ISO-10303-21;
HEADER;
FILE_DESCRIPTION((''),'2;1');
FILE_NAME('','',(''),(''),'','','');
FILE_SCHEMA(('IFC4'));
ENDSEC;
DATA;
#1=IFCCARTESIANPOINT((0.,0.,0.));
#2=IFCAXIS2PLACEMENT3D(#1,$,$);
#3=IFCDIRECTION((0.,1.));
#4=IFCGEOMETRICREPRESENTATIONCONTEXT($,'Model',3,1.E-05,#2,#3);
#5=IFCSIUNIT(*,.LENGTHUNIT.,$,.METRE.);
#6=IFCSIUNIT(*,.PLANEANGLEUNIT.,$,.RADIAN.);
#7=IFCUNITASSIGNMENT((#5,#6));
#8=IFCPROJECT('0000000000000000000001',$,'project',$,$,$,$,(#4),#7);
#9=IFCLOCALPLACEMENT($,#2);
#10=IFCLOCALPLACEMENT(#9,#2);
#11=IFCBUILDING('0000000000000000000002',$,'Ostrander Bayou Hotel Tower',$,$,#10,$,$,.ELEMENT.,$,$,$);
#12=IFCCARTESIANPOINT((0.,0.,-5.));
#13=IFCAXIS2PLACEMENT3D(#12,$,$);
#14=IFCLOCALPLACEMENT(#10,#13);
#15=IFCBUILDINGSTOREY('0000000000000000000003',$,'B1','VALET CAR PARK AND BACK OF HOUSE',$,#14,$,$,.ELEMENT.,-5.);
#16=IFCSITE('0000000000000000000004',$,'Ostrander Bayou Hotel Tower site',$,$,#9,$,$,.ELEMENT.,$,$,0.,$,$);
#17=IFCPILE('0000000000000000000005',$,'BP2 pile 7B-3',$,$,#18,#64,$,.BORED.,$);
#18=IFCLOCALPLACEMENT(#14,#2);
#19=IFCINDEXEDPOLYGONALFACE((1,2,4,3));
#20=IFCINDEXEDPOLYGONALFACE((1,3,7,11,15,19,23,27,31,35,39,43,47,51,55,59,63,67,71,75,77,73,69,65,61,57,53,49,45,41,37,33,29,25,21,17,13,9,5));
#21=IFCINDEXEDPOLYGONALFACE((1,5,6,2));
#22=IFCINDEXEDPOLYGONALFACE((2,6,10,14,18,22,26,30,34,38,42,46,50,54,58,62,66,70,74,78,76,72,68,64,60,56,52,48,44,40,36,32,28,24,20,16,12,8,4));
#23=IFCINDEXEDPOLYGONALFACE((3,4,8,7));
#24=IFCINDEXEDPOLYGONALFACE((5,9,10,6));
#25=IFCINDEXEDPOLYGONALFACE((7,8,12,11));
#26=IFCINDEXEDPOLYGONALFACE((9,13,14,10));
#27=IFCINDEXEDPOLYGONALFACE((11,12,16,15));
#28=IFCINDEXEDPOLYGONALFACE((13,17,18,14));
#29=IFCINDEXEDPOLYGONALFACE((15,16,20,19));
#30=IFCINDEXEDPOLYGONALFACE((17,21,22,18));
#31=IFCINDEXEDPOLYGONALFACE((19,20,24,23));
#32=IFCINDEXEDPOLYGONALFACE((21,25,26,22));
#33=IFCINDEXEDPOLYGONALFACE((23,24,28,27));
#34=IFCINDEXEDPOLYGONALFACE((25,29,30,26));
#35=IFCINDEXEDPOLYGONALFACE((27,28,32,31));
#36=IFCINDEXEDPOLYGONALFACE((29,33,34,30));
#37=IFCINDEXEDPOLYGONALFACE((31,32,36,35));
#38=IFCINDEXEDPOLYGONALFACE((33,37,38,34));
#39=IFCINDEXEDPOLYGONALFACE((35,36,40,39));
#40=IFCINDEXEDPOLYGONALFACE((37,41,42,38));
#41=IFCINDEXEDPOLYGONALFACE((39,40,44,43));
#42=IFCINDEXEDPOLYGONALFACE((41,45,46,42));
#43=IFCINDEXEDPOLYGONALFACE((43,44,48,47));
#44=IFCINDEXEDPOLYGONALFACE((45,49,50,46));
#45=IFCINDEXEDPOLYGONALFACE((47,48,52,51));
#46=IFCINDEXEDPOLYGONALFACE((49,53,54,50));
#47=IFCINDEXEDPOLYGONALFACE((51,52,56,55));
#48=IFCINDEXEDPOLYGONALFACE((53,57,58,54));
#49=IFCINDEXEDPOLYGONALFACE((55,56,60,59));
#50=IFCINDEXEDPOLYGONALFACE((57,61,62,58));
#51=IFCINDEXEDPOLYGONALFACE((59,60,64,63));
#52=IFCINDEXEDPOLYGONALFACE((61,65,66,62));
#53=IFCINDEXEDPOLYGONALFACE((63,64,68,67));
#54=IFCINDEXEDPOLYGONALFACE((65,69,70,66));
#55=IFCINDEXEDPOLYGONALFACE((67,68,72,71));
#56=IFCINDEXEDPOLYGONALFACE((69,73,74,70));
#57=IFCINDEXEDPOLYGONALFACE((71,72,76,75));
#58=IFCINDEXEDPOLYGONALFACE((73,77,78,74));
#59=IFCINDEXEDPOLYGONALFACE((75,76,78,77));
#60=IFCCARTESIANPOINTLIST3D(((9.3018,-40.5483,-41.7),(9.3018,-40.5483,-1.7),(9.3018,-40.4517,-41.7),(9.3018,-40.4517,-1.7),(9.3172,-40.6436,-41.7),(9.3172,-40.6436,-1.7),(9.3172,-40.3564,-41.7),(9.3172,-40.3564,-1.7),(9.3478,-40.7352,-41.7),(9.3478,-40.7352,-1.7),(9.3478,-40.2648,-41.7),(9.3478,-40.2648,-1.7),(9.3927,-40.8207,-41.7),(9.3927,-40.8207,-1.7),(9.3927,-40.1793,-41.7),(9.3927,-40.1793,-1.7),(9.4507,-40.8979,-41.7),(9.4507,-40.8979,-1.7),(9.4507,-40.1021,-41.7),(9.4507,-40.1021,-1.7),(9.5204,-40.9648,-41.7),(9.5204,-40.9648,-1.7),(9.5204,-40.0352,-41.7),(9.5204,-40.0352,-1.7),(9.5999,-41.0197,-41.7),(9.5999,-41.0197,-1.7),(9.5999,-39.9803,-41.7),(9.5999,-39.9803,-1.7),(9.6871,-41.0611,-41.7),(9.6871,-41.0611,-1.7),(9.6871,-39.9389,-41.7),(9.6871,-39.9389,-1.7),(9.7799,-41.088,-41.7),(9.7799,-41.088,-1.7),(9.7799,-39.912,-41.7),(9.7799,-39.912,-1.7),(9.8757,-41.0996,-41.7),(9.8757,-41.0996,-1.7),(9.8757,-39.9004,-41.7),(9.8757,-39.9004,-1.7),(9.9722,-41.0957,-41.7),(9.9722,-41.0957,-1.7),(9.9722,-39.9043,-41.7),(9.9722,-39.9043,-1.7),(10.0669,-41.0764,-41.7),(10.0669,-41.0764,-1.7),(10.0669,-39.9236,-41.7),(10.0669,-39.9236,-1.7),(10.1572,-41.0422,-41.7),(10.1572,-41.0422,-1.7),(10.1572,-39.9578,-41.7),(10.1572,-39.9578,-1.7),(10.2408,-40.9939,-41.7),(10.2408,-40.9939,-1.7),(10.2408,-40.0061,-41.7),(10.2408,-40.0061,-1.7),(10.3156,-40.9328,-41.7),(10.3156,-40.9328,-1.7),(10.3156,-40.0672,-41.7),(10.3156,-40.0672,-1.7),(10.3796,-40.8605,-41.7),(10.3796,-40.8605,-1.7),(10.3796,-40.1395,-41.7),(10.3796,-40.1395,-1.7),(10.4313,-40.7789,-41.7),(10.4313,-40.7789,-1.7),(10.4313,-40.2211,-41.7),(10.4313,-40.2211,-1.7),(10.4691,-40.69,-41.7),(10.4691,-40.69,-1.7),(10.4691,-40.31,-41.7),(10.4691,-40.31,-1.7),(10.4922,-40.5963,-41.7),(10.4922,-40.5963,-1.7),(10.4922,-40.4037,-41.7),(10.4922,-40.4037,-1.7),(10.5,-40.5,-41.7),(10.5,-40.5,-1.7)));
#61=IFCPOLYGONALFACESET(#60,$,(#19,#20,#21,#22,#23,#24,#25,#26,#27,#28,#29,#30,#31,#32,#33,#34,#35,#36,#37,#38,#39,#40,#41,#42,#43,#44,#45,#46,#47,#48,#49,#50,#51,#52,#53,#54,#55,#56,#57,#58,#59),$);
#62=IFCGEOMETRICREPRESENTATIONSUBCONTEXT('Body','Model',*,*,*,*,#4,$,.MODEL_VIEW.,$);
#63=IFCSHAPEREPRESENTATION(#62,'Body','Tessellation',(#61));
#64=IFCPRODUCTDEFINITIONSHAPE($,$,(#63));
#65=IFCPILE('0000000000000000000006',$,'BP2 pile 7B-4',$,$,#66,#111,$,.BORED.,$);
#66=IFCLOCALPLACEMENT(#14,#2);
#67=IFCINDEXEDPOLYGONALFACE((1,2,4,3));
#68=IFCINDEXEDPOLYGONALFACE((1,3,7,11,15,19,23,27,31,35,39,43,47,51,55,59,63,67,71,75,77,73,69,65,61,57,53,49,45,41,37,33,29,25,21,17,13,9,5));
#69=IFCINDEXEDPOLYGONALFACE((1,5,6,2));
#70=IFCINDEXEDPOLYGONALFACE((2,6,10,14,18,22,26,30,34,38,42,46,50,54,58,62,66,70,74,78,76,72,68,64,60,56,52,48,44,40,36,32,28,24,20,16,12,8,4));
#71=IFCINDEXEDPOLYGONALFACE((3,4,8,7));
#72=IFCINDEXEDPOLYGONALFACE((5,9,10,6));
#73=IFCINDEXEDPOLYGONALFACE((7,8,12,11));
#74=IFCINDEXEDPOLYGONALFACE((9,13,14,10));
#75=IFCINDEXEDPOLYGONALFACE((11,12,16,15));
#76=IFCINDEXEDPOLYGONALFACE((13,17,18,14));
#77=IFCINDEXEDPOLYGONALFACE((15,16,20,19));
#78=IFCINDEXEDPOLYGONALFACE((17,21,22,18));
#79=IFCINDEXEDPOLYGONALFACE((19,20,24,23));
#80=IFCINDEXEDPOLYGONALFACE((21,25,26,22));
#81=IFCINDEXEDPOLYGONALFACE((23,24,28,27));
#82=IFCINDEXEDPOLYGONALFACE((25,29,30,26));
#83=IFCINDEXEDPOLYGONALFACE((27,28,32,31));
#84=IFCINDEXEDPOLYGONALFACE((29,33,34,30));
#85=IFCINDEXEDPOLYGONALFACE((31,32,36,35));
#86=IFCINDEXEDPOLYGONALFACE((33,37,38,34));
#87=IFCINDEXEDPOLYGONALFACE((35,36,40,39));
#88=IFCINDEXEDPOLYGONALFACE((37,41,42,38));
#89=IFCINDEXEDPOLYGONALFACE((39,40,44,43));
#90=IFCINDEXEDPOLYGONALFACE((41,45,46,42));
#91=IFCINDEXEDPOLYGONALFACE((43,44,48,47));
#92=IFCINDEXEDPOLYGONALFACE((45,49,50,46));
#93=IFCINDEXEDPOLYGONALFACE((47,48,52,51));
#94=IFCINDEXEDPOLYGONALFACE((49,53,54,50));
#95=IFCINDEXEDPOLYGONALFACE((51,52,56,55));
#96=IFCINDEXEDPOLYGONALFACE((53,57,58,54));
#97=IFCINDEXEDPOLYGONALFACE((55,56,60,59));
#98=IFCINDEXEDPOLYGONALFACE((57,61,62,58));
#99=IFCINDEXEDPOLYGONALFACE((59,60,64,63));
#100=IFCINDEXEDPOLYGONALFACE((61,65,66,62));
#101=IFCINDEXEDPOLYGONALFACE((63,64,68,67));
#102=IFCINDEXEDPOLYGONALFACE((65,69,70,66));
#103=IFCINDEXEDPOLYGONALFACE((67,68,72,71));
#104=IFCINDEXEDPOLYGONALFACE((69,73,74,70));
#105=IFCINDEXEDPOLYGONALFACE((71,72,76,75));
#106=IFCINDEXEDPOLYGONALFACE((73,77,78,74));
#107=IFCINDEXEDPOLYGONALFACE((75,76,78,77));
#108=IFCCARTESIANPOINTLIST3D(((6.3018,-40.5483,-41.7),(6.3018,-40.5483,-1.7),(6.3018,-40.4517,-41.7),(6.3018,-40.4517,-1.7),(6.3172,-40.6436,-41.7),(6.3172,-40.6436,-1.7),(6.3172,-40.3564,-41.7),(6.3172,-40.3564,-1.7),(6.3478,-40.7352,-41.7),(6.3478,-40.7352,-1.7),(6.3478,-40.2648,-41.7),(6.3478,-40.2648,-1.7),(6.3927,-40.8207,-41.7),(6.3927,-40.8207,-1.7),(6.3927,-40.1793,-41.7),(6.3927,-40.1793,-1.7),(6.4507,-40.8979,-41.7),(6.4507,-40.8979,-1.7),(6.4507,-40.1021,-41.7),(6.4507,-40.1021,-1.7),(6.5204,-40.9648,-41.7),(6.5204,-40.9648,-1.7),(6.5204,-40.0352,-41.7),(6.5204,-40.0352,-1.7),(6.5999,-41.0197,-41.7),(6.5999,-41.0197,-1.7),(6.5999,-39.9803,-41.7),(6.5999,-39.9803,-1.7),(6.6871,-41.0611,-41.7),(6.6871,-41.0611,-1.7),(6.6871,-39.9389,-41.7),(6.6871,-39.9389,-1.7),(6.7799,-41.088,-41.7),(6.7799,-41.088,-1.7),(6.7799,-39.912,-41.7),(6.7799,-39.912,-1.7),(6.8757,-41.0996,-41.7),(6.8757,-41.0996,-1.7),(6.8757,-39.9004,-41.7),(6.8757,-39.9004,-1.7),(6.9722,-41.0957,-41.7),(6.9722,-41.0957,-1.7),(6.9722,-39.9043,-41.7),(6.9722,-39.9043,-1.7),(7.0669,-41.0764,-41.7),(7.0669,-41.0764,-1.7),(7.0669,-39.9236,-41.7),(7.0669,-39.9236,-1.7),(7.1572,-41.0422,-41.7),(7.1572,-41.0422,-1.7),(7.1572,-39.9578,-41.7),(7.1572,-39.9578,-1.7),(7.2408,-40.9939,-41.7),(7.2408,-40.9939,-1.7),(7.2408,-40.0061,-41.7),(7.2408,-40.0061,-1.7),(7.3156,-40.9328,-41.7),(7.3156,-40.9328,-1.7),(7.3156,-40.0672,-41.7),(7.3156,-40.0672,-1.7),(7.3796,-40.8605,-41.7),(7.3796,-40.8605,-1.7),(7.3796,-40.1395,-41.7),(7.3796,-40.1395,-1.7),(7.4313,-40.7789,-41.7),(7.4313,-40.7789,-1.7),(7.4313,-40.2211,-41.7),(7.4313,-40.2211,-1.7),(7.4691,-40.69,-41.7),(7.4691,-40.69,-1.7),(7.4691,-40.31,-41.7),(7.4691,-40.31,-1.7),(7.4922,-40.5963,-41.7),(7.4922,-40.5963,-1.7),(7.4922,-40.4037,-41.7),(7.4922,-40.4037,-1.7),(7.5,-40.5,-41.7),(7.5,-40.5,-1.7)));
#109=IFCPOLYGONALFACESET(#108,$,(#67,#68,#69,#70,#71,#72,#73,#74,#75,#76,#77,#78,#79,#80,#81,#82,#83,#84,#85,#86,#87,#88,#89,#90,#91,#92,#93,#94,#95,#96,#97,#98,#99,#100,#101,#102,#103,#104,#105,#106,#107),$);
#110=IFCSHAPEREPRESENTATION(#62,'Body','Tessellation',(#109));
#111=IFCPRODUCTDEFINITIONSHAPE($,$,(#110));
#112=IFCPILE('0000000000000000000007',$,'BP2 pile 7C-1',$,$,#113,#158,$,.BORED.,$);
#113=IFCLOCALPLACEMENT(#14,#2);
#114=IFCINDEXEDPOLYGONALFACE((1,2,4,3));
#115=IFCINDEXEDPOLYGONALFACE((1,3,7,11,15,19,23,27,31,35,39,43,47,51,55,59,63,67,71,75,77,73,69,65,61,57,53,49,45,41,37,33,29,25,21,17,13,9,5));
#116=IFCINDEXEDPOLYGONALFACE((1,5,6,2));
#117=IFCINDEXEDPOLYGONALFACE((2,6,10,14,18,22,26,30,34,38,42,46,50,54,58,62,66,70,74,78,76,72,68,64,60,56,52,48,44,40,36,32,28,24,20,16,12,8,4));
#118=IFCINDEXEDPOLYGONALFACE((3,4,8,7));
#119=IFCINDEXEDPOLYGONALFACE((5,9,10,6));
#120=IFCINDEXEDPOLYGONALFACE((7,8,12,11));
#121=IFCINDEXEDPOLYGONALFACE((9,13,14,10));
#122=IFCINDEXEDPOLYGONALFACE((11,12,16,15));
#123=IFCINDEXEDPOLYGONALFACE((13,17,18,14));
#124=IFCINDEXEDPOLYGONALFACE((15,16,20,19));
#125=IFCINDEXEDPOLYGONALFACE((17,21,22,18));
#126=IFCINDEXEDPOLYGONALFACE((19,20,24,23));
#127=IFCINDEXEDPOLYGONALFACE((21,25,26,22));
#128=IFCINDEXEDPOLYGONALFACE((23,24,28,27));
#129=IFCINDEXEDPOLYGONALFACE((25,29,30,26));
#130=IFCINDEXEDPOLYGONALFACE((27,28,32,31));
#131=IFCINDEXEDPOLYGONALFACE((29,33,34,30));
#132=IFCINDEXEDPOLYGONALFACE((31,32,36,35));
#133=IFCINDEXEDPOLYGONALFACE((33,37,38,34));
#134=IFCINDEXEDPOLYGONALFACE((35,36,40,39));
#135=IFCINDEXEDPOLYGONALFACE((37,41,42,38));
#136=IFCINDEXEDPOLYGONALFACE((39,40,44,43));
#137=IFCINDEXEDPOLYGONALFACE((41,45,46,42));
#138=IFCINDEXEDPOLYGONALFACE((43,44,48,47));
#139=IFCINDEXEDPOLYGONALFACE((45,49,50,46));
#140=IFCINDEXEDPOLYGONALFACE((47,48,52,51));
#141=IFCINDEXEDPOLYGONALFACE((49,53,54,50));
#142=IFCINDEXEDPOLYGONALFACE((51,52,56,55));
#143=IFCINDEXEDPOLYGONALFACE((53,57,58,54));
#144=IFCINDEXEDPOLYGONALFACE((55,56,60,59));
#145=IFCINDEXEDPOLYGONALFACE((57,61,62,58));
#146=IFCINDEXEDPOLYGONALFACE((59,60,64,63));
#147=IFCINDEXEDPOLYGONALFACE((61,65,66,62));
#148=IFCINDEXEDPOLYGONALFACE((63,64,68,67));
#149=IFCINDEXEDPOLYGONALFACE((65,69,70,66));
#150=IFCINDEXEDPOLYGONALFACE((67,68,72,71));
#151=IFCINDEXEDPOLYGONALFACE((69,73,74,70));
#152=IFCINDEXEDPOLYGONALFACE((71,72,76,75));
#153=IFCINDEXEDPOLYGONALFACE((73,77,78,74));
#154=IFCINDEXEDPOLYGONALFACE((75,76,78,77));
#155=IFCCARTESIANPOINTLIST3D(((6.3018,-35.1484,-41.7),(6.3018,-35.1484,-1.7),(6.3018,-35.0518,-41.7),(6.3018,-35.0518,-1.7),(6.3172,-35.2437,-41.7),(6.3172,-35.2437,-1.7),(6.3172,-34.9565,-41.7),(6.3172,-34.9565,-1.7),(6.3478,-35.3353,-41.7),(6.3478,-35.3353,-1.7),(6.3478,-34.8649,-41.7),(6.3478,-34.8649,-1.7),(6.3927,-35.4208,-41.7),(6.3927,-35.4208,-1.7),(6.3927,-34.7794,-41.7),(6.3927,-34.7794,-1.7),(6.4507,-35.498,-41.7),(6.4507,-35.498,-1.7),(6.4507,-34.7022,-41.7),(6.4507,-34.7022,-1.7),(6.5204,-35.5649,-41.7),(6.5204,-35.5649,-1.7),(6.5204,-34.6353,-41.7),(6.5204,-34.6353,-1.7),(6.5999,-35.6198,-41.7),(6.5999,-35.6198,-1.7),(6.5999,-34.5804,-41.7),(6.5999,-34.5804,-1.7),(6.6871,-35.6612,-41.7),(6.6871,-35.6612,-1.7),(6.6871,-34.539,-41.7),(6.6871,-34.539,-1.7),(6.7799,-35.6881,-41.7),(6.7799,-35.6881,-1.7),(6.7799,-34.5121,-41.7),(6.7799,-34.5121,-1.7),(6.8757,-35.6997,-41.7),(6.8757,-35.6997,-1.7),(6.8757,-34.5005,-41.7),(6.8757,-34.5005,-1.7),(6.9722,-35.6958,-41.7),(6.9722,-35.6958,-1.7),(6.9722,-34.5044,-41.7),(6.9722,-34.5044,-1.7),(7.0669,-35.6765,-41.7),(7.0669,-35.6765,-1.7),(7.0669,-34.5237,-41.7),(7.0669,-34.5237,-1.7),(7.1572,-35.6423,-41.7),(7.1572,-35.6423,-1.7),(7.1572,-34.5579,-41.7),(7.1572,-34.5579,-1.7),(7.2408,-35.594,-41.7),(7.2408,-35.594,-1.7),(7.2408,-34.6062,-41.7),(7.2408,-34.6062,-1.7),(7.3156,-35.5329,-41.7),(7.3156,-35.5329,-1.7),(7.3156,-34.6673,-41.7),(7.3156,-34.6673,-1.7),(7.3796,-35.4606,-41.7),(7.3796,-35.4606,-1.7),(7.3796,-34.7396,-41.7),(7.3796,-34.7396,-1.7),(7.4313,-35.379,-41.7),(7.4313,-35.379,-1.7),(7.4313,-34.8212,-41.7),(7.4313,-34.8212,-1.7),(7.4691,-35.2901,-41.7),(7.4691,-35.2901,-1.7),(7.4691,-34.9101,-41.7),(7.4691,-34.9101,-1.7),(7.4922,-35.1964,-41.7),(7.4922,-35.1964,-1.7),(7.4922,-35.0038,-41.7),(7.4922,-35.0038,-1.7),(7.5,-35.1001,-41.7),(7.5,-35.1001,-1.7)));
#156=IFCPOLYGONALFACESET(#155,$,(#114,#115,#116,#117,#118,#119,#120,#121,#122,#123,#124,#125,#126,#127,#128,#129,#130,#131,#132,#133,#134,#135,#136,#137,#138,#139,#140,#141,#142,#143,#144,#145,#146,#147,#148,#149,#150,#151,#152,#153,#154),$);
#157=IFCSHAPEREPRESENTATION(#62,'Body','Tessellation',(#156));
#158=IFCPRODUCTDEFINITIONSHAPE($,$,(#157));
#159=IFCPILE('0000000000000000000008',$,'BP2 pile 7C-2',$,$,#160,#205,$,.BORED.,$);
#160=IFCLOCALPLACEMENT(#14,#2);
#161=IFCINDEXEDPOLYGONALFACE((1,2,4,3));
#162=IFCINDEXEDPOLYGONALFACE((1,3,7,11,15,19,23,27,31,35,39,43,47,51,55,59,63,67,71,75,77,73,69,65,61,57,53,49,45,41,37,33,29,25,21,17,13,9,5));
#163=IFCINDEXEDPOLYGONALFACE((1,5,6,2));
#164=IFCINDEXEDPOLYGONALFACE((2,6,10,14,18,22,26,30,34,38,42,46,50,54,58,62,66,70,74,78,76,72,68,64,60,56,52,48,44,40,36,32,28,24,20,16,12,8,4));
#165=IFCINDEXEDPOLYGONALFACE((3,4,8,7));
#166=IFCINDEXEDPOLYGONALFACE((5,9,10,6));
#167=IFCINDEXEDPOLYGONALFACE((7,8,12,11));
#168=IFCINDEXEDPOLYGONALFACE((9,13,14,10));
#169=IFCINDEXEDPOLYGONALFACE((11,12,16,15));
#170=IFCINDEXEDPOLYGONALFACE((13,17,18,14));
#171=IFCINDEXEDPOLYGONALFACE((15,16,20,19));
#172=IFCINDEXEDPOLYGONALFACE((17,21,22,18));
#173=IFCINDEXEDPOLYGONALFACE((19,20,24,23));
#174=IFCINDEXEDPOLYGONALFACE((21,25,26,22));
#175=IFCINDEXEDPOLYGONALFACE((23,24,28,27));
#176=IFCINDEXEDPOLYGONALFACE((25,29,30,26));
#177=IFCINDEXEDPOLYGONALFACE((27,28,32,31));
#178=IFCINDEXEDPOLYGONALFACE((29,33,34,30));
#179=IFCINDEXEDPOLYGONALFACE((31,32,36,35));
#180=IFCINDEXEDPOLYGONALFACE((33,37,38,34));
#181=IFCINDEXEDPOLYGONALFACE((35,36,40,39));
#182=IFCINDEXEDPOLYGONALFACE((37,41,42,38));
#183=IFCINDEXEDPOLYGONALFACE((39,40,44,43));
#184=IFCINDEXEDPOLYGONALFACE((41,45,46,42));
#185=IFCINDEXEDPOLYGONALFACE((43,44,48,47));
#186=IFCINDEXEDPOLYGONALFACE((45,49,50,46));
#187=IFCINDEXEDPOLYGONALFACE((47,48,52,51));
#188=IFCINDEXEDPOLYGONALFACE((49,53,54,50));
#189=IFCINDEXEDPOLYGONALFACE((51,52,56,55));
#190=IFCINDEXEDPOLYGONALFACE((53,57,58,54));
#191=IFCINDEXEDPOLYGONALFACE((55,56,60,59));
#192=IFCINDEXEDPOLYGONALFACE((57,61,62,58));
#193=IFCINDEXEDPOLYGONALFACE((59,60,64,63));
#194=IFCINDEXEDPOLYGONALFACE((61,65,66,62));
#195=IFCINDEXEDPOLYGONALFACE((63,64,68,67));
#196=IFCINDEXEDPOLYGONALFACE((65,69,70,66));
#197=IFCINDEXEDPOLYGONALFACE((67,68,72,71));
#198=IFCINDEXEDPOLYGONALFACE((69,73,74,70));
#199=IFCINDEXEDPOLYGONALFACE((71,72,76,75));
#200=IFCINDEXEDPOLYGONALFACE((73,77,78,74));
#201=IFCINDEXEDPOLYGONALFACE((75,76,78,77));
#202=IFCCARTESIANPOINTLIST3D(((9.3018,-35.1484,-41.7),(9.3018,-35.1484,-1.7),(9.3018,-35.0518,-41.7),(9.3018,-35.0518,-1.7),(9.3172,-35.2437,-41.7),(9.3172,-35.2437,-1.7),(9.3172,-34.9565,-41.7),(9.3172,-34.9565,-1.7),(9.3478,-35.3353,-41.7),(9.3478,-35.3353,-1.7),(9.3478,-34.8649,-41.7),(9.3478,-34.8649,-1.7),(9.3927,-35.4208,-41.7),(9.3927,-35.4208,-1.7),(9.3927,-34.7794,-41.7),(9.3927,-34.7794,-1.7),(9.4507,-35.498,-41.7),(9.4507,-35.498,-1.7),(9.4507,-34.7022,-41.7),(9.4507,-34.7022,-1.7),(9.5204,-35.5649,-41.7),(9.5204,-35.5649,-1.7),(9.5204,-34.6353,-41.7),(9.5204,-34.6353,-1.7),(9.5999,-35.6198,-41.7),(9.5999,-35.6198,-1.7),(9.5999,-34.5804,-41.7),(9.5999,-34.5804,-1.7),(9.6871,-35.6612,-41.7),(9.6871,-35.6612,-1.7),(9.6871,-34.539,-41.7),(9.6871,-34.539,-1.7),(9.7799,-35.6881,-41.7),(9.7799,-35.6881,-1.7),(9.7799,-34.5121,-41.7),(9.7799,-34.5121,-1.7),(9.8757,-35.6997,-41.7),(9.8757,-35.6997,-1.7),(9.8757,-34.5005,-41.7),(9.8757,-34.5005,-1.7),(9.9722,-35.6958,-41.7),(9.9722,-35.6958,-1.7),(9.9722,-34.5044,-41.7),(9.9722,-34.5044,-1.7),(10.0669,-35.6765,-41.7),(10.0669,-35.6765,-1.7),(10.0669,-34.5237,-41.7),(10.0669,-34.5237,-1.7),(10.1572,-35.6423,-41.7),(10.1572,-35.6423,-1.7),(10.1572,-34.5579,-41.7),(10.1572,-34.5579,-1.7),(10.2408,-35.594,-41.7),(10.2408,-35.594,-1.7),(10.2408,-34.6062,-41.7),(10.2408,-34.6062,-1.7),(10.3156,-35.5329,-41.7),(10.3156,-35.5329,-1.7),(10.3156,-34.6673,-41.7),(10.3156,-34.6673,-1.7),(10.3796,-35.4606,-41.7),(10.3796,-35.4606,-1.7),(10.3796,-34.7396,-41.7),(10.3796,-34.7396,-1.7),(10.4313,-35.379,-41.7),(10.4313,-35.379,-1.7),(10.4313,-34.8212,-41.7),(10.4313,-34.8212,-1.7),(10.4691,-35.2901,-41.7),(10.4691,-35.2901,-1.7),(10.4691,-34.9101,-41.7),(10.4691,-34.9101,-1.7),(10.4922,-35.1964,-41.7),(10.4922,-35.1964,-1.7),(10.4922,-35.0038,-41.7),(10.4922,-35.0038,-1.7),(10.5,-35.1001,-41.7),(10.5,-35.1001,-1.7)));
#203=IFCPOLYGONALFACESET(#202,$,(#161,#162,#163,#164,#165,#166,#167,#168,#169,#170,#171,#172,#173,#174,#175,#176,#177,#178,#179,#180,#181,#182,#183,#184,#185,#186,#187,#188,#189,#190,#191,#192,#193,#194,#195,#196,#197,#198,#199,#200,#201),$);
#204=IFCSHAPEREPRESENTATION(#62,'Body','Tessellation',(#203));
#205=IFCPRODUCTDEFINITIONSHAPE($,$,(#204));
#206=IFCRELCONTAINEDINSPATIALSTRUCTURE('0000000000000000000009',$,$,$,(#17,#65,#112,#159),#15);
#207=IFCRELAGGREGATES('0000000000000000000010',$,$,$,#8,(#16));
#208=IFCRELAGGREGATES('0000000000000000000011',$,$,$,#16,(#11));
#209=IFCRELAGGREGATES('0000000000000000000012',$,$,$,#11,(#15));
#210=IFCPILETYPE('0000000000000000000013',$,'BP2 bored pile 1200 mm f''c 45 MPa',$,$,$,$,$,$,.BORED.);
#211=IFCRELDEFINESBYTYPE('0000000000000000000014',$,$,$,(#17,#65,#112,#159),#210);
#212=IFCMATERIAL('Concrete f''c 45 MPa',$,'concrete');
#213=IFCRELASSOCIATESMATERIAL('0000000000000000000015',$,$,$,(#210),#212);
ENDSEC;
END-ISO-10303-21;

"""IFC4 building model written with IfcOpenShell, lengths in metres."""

from ifc_helpers import new_model, si_unit, direction, frame, origin, origin_2d, place, context, subcontext, project, spatial, circle, extrude, material, material_profile, profile_set, type_object, element, save


model = new_model("IFC4")

# Units and contexts
model_context = context("Model", 3, precision=1e-05, world=origin(), true_north=direction((0.0, 1.0)))
body_context = subcontext(model_context, "Body", "Model", "MODEL_VIEW")
ifc_project = project(units=[si_unit("LENGTHUNIT", "METRE"), si_unit("PLANEANGLEUNIT", "RADIAN")], contexts=[model_context])

# Site, building, storey
site_placement = place(None, origin())
site = spatial("IfcSite", under=ifc_project, at=site_placement, Name="Ostrander Bayou Hotel Tower site", CompositionType="ELEMENT", RefElevation=0.0)
building_placement = place(site_placement, origin())
building = spatial("IfcBuilding", under=site, at=building_placement, Name="Ostrander Bayou Hotel Tower", CompositionType="ELEMENT")
storey_placement = place(building_placement, frame((0.0, 0.0, -5.0)))
storey = spatial("IfcBuildingStorey", under=building, at=storey_placement, Name="B1", Description="VALET CAR PARK AND BACK OF HOUSE", CompositionType="ELEMENT", Elevation=-5.0)

# Piles
ifc_material_1 = material(Name="Concrete f'c 45 MPa", Category="concrete")
ifc_material_profile_1 = material_profile(ifc_material_1, circle(Radius=0.6001, at=origin_2d()))
ifc_profile_set_1 = profile_set([ifc_material_profile_1], Name="Concrete f'c 45 MPa")
pile_type_1 = type_object("IfcPileType", Name="BP2 bored pile 1200 mm f'c 45 MPa", PredefinedType="BORED", material=ifc_profile_set_1)
for number, where, z_axis, x_axis, name in (
    (1, (9.8999, -40.5, -1.7), (0.0, 0.0, -1.0), (1.0, 0.0, 0.0), "BP2 pile 7B-3"),
    (2, (6.8999, -40.5, -1.7), (0.0, 0.0, -1.0), (1.0, 0.0, 0.0), "BP2 pile 7B-4"),
    (3, (6.8999, -35.1001, -1.7), (0.0, 0.0, -1.0), (1.0, 0.0, 0.0), "BP2 pile 7C-1"),
    (4, (9.8999, -35.1001, -1.7), (0.0, 0.0, -1.0), (1.0, 0.0, 0.0), "BP2 pile 7C-2"),
):
    element("IfcPile", number, at=place(storey_placement, frame(where, z_axis=z_axis, x_axis=x_axis)), inside=storey, type_object=pile_type_1, Name=name, PredefinedType="BORED", context=body_context, shape_type="SweptSolid", body=[
        extrude(circle(Radius=0.6001, at=origin_2d()), origin(), (0.0, 0.0, 1.0), 40.0),
    ])

save(model, "model.ifc")
